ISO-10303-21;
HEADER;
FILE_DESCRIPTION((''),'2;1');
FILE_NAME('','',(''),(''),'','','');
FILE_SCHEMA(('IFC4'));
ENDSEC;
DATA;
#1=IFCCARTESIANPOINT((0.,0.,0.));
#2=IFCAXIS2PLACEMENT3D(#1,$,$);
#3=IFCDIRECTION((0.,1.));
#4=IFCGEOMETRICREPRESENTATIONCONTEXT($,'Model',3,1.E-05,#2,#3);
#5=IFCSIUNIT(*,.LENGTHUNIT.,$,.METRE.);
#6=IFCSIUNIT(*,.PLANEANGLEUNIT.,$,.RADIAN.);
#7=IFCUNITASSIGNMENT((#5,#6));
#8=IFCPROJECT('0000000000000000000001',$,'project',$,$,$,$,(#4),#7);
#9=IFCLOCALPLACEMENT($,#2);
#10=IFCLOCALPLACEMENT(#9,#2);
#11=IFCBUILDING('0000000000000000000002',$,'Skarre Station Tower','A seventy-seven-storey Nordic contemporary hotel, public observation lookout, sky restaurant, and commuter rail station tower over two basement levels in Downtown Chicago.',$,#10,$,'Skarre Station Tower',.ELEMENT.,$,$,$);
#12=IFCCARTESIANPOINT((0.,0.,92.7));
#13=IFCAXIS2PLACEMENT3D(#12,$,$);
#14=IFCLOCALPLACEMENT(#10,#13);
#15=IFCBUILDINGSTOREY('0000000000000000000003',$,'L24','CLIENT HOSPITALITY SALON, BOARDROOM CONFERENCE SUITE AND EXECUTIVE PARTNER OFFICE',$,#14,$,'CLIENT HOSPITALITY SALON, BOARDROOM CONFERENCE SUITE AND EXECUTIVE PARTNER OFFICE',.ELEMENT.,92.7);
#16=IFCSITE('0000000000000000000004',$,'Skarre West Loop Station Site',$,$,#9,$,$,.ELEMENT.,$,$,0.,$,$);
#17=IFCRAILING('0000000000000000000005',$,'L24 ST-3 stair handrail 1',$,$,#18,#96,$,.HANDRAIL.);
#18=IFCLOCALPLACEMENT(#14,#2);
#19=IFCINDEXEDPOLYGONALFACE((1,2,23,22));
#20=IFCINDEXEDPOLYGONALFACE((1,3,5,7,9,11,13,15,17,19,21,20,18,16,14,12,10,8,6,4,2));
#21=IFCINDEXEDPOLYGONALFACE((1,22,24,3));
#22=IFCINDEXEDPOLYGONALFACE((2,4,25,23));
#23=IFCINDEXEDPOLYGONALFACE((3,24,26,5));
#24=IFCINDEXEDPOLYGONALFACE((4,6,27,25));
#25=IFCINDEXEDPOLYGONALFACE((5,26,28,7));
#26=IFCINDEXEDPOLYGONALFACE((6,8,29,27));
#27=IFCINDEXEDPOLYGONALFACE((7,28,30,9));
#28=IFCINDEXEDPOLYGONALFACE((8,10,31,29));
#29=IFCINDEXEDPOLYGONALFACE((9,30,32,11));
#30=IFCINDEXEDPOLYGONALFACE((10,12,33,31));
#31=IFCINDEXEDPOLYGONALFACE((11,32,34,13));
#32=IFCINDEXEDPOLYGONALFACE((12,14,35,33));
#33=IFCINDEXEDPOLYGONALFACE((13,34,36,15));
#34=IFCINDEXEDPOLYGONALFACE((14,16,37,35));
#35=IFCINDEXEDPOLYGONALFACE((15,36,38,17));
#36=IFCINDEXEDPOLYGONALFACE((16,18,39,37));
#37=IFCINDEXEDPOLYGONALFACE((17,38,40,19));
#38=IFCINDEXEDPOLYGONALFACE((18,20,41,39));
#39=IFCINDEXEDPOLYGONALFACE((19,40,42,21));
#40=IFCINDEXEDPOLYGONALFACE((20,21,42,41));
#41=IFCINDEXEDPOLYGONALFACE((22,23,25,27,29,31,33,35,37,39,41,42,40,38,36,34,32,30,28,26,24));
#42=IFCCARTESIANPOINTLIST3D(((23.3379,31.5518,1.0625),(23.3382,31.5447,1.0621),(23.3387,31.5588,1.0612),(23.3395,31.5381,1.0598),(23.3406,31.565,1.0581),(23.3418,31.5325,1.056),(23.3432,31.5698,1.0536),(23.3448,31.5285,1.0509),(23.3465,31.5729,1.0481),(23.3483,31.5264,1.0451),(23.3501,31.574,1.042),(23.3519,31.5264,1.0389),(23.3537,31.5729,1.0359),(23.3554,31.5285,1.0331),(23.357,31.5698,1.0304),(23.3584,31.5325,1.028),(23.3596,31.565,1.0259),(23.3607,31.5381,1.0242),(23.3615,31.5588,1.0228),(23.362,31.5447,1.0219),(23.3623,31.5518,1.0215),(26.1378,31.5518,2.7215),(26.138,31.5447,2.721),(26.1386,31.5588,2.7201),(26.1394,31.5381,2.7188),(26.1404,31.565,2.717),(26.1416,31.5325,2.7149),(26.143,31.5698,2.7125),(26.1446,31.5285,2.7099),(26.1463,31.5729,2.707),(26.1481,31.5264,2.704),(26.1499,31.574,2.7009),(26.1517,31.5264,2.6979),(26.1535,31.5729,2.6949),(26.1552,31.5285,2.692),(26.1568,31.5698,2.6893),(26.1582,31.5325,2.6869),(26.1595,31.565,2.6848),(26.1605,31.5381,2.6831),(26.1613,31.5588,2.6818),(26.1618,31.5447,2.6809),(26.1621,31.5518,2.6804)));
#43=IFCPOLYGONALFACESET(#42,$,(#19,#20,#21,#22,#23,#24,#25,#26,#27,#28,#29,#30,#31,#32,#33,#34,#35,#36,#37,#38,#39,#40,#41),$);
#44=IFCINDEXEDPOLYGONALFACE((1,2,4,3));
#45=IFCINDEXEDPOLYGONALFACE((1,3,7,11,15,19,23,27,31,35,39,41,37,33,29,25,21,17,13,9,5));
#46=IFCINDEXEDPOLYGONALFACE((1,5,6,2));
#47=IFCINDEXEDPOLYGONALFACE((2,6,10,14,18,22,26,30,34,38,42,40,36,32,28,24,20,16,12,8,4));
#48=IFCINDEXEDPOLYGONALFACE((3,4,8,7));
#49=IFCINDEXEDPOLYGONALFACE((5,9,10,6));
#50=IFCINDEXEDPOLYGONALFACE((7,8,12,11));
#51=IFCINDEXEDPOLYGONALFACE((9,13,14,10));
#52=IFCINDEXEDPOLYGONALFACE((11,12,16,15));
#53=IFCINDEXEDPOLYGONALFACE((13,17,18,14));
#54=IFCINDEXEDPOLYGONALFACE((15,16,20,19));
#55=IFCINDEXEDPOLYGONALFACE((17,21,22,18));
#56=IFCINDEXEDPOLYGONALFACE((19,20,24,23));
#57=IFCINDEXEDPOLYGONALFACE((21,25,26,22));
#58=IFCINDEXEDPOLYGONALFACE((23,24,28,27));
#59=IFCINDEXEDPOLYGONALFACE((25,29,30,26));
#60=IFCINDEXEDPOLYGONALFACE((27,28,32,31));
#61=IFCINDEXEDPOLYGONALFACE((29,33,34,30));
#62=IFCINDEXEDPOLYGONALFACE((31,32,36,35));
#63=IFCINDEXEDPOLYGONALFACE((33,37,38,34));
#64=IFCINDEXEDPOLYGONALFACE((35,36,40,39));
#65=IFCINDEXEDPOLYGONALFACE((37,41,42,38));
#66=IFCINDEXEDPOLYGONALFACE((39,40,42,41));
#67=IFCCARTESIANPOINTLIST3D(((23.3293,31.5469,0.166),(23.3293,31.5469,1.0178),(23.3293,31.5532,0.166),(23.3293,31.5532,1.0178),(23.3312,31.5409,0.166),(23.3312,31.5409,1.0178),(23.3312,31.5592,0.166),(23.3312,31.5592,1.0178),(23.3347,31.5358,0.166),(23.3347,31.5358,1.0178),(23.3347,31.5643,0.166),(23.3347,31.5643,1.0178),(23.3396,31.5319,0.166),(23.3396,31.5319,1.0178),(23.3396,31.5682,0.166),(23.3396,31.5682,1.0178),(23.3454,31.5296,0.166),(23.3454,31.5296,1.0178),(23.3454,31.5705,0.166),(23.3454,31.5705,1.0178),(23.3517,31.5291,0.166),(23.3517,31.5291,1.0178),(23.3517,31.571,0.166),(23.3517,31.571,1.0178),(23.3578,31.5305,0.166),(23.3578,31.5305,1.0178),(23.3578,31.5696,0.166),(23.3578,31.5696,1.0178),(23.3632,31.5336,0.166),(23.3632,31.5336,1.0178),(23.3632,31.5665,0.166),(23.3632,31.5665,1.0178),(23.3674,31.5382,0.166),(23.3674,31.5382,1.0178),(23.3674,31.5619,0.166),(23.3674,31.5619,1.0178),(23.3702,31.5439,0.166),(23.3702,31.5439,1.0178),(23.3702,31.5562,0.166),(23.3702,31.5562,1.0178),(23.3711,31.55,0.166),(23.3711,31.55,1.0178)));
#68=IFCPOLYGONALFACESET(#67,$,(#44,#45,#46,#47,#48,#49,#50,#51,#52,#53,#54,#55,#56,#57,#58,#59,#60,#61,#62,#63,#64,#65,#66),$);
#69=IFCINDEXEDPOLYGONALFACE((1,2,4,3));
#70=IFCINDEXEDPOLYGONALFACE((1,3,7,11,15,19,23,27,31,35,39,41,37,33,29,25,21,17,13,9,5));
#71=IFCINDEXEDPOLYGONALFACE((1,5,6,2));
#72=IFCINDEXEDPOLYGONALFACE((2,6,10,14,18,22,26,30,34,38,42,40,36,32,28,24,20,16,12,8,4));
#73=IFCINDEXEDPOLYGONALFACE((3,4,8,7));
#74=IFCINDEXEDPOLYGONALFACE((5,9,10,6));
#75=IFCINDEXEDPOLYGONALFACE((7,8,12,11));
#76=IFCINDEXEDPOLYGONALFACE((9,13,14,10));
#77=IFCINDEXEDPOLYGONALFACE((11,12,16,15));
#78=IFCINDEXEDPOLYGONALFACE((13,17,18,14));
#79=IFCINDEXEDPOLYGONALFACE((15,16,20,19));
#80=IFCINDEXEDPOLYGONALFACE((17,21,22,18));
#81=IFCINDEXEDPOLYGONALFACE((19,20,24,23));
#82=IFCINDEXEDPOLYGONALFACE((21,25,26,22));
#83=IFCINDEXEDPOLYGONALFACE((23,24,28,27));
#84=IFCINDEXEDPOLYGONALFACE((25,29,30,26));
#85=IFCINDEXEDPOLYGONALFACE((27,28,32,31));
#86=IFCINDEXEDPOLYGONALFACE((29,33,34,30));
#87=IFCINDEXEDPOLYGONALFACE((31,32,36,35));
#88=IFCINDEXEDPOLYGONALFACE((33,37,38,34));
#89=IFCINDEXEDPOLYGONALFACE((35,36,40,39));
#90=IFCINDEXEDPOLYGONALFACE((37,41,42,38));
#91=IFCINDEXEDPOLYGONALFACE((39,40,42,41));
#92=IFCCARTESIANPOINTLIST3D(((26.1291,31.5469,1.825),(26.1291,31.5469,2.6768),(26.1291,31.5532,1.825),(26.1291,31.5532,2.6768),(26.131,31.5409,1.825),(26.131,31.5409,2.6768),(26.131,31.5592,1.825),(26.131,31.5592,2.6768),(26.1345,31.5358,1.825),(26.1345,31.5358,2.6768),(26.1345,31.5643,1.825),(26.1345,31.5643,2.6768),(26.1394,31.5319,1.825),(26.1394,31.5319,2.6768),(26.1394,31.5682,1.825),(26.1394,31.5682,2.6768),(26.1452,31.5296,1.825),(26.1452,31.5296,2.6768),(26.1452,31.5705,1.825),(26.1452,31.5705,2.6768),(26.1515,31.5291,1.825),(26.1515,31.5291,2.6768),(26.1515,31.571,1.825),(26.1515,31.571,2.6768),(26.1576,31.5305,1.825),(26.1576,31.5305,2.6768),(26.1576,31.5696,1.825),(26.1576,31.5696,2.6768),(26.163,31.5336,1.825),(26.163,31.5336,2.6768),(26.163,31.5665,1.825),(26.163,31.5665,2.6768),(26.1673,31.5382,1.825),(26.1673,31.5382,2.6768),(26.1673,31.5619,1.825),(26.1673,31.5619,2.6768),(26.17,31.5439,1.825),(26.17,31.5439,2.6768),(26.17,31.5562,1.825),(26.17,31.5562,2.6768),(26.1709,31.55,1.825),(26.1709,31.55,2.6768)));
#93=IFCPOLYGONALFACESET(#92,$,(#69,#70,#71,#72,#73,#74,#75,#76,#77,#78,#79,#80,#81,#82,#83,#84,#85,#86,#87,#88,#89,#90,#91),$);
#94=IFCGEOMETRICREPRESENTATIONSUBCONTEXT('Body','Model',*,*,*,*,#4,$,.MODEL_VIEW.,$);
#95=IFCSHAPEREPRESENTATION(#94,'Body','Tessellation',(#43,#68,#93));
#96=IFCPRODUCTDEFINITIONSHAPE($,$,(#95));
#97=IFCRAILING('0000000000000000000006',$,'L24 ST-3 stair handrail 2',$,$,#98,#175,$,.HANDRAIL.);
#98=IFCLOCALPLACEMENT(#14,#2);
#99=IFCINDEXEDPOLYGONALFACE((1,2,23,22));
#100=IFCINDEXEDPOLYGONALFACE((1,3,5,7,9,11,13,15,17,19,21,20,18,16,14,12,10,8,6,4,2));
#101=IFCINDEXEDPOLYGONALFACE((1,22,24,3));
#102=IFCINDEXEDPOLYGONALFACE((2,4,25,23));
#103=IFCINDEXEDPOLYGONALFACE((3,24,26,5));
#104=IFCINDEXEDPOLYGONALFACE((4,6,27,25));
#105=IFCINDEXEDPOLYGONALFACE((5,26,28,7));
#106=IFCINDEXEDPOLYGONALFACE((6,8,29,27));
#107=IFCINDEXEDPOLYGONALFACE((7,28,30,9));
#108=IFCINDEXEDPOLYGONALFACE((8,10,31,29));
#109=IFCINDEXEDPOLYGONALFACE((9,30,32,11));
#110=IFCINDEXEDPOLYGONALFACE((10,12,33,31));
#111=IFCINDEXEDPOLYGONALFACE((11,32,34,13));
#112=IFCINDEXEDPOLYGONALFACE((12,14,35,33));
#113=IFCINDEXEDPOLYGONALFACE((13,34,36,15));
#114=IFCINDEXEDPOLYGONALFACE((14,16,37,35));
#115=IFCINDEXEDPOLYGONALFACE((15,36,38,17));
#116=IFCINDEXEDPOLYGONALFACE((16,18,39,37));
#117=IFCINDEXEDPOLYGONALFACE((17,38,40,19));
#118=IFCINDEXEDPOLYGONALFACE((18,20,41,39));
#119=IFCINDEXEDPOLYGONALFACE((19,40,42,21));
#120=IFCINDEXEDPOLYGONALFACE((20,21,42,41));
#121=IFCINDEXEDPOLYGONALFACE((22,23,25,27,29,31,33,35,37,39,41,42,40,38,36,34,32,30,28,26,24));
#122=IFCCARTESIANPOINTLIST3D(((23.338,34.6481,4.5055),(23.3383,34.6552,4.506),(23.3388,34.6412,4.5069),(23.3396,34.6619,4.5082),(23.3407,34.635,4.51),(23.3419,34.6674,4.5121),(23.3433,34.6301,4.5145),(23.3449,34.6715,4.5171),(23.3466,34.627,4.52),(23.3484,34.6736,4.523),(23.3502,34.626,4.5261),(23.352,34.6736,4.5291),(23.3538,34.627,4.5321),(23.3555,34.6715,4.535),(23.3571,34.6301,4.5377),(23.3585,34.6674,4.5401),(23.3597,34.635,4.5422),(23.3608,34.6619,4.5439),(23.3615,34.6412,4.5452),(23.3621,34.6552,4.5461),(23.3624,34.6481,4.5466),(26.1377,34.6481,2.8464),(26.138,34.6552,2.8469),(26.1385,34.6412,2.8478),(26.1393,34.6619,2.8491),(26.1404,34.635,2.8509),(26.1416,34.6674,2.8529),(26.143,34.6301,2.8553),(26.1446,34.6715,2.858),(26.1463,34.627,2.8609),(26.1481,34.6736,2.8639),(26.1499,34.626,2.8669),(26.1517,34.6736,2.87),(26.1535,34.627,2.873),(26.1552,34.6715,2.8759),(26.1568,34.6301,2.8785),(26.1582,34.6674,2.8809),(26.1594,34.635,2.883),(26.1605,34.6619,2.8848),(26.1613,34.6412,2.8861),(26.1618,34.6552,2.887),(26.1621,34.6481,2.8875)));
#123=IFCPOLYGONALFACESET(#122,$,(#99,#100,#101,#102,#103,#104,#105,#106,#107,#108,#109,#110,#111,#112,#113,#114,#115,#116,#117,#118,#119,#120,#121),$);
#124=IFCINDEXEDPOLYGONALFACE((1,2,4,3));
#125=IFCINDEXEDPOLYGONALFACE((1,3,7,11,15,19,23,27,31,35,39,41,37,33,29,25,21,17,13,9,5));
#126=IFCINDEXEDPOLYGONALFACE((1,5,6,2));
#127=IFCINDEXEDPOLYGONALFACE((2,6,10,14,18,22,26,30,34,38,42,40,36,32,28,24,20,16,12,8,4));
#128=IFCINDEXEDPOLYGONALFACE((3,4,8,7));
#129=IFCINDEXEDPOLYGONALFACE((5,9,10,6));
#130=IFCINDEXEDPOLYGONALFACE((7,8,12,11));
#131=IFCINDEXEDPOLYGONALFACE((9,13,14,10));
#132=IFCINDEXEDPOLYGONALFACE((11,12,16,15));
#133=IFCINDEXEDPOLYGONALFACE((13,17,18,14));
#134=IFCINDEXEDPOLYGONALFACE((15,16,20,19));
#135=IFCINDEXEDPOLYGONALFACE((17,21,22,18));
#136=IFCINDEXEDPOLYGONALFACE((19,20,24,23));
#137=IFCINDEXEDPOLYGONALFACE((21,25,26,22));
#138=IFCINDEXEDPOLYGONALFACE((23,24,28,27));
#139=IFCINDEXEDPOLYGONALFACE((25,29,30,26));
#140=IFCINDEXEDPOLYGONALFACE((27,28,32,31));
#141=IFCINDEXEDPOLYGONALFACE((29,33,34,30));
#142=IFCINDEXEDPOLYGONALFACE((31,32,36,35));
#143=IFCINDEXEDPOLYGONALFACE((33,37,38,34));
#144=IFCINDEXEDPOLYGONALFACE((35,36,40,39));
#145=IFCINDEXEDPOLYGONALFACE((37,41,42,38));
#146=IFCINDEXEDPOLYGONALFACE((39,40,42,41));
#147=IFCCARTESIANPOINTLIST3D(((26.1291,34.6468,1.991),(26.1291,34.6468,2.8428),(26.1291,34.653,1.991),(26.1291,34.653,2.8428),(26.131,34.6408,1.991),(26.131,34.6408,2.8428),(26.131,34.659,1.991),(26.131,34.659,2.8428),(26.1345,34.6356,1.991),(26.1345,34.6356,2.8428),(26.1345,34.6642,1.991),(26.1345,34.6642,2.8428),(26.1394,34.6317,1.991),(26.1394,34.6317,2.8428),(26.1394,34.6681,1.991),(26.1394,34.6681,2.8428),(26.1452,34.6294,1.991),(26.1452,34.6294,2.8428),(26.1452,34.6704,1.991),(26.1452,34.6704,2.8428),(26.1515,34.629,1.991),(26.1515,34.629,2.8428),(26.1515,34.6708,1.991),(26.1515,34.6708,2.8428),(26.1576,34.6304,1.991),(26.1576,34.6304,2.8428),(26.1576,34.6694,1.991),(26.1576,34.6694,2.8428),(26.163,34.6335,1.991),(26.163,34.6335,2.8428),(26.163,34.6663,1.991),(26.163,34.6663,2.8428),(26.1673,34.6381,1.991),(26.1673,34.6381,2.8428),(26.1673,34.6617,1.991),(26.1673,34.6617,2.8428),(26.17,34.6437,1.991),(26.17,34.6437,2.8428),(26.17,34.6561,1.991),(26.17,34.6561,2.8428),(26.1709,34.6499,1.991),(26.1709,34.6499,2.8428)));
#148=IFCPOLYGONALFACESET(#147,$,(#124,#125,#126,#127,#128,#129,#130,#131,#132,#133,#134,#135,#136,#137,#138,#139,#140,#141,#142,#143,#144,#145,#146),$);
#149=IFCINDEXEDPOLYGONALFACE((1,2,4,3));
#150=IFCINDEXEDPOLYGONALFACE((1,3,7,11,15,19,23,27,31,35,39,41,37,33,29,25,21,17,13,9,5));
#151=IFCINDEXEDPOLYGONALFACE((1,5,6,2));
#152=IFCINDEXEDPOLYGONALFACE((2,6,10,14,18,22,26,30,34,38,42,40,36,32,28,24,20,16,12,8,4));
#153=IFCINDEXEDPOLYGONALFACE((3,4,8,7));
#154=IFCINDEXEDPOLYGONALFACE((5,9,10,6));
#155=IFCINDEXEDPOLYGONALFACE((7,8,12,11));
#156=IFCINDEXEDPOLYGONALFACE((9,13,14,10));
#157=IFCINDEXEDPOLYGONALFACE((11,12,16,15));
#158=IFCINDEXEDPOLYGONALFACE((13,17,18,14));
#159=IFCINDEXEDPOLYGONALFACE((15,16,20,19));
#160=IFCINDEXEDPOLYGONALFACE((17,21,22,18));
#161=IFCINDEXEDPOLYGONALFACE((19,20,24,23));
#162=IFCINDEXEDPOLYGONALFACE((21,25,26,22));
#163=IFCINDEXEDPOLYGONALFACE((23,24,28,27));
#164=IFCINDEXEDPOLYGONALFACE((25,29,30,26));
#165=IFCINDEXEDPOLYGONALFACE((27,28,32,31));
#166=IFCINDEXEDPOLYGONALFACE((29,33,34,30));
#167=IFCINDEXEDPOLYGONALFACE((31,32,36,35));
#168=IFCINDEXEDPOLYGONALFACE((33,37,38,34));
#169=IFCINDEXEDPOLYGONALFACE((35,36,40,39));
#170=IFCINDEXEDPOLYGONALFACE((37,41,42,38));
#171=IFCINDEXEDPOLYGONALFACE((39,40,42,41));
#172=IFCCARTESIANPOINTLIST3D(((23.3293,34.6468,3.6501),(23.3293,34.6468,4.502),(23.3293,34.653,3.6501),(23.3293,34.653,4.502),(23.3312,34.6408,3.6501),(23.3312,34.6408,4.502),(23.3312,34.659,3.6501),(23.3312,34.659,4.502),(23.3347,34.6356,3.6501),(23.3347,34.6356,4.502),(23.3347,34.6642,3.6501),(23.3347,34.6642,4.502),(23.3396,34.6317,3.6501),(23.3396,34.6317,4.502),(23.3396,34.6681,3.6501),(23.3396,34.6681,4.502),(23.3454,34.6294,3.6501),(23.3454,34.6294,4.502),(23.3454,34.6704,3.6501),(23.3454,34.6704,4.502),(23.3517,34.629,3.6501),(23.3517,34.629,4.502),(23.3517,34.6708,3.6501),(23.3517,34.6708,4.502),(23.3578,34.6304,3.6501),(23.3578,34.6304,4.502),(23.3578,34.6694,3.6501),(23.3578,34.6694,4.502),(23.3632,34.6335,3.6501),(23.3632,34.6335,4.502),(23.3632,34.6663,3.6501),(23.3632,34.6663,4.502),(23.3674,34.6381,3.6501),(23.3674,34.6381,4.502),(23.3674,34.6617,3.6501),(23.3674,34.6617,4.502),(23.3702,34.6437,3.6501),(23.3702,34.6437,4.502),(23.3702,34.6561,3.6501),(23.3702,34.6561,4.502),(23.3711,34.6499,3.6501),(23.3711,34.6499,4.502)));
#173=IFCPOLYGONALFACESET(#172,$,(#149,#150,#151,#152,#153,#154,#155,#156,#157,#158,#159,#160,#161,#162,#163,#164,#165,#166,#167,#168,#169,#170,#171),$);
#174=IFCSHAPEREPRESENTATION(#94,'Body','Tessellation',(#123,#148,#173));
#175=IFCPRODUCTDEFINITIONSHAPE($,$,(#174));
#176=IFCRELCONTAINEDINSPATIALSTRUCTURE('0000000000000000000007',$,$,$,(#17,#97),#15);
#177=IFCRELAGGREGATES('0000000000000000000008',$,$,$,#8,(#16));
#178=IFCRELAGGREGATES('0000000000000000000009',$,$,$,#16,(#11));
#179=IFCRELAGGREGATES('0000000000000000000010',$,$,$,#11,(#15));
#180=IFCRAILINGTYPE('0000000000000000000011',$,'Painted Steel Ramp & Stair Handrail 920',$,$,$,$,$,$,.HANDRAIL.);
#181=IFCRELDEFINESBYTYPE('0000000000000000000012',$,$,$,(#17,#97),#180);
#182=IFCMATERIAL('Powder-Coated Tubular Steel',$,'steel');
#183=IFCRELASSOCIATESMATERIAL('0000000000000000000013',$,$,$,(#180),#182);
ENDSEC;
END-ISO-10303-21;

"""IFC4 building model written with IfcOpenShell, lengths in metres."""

from ifc_helpers import new_model, si_unit, direction, frame, origin, origin_2d, place, context, subcontext, project, spatial, circle, extrude, material, type_object, element, save


model = new_model("IFC4")

# Units and contexts
model_context = context("Model", 3, precision=1e-05, world=origin(), true_north=direction((0.0, 1.0)))
body_context = subcontext(model_context, "Body", "Model", "MODEL_VIEW")
ifc_project = project(units=[si_unit("LENGTHUNIT", "METRE"), si_unit("PLANEANGLEUNIT", "RADIAN")], contexts=[model_context])

# Site, building, storey
site_placement = place(None, origin())
site = spatial("IfcSite", under=ifc_project, at=site_placement, Name="Skarre West Loop Station Site", CompositionType="ELEMENT", RefElevation=0.0)
building_placement = place(site_placement, origin())
building = spatial("IfcBuilding", under=site, at=building_placement, Name="Skarre Station Tower", Description="A seventy-seven-storey Nordic contemporary hotel, public observation lookout, sky restaurant, and commuter rail station tower over two basement levels in Downtown Chicago.", LongName="Skarre Station Tower", CompositionType="ELEMENT")
storey_placement = place(building_placement, frame((0.0, 0.0, 92.7)))
storey = spatial("IfcBuildingStorey", under=building, at=storey_placement, Name="L24", Description="CLIENT HOSPITALITY SALON, BOARDROOM CONFERENCE SUITE AND EXECUTIVE PARTNER OFFICE", LongName="CLIENT HOSPITALITY SALON, BOARDROOM CONFERENCE SUITE AND EXECUTIVE PARTNER OFFICE", CompositionType="ELEMENT", Elevation=92.7)

# Railings
ifc_material_1 = material(Name="Powder-Coated Tubular Steel", Category="steel")
railing_type_1 = type_object("IfcRailingType", Name="Painted Steel Ramp & Stair Handrail 920", PredefinedType="HANDRAIL", material=ifc_material_1)
railing_1_placement = place(storey_placement, frame((23.3501, 31.55, 0.166)))
element("IfcRailing", 1, at=railing_1_placement, inside=storey, type_object=railing_type_1, Name="L24 ST-3 stair handrail 1", PredefinedType="HANDRAIL", context=body_context, shape_type="SweptSolid", body=[
    extrude(circle(Radius=0.0239, at=origin_2d()), frame((0.0, 0.0, 0.876), z_axis=(0.86032, 0.0, 0.509755), x_axis=(0.0, 1.0, 0.0)), (0.0, 0.0, 1.0), 3.2544),
    extrude(circle(Radius=0.021, at=origin_2d()), origin(), (0.0, 0.0, 1.0), 0.8518),
    extrude(circle(Radius=0.021, at=origin_2d()), frame((2.7998, 0.0, 1.6589)), (0.0, 0.0, 1.0), 0.8518),
])
railing_2_placement = place(storey_placement, frame((26.1499, 34.6499, 1.991)))
element("IfcRailing", 2, at=railing_2_placement, inside=storey, type_object=railing_type_1, Name="L24 ST-3 stair handrail 2", PredefinedType="HANDRAIL", context=body_context, shape_type="SweptSolid", body=[
    extrude(circle(Radius=0.0239, at=origin_2d()), frame((0.0, 0.0, 0.876), z_axis=(-0.860287, 0.0, 0.509811), x_axis=(0.0, -1.0, 0.0)), (0.0, 0.0, 1.0), 3.2544),
    extrude(circle(Radius=0.021, at=origin_2d()), origin(), (0.0, 0.0, 1.0), 0.8518),
    extrude(circle(Radius=0.021, at=origin_2d()), frame((-2.7998, 0.0, 1.6592)), (0.0, 0.0, 1.0), 0.8518),
])

save(model, "model.ifc")
